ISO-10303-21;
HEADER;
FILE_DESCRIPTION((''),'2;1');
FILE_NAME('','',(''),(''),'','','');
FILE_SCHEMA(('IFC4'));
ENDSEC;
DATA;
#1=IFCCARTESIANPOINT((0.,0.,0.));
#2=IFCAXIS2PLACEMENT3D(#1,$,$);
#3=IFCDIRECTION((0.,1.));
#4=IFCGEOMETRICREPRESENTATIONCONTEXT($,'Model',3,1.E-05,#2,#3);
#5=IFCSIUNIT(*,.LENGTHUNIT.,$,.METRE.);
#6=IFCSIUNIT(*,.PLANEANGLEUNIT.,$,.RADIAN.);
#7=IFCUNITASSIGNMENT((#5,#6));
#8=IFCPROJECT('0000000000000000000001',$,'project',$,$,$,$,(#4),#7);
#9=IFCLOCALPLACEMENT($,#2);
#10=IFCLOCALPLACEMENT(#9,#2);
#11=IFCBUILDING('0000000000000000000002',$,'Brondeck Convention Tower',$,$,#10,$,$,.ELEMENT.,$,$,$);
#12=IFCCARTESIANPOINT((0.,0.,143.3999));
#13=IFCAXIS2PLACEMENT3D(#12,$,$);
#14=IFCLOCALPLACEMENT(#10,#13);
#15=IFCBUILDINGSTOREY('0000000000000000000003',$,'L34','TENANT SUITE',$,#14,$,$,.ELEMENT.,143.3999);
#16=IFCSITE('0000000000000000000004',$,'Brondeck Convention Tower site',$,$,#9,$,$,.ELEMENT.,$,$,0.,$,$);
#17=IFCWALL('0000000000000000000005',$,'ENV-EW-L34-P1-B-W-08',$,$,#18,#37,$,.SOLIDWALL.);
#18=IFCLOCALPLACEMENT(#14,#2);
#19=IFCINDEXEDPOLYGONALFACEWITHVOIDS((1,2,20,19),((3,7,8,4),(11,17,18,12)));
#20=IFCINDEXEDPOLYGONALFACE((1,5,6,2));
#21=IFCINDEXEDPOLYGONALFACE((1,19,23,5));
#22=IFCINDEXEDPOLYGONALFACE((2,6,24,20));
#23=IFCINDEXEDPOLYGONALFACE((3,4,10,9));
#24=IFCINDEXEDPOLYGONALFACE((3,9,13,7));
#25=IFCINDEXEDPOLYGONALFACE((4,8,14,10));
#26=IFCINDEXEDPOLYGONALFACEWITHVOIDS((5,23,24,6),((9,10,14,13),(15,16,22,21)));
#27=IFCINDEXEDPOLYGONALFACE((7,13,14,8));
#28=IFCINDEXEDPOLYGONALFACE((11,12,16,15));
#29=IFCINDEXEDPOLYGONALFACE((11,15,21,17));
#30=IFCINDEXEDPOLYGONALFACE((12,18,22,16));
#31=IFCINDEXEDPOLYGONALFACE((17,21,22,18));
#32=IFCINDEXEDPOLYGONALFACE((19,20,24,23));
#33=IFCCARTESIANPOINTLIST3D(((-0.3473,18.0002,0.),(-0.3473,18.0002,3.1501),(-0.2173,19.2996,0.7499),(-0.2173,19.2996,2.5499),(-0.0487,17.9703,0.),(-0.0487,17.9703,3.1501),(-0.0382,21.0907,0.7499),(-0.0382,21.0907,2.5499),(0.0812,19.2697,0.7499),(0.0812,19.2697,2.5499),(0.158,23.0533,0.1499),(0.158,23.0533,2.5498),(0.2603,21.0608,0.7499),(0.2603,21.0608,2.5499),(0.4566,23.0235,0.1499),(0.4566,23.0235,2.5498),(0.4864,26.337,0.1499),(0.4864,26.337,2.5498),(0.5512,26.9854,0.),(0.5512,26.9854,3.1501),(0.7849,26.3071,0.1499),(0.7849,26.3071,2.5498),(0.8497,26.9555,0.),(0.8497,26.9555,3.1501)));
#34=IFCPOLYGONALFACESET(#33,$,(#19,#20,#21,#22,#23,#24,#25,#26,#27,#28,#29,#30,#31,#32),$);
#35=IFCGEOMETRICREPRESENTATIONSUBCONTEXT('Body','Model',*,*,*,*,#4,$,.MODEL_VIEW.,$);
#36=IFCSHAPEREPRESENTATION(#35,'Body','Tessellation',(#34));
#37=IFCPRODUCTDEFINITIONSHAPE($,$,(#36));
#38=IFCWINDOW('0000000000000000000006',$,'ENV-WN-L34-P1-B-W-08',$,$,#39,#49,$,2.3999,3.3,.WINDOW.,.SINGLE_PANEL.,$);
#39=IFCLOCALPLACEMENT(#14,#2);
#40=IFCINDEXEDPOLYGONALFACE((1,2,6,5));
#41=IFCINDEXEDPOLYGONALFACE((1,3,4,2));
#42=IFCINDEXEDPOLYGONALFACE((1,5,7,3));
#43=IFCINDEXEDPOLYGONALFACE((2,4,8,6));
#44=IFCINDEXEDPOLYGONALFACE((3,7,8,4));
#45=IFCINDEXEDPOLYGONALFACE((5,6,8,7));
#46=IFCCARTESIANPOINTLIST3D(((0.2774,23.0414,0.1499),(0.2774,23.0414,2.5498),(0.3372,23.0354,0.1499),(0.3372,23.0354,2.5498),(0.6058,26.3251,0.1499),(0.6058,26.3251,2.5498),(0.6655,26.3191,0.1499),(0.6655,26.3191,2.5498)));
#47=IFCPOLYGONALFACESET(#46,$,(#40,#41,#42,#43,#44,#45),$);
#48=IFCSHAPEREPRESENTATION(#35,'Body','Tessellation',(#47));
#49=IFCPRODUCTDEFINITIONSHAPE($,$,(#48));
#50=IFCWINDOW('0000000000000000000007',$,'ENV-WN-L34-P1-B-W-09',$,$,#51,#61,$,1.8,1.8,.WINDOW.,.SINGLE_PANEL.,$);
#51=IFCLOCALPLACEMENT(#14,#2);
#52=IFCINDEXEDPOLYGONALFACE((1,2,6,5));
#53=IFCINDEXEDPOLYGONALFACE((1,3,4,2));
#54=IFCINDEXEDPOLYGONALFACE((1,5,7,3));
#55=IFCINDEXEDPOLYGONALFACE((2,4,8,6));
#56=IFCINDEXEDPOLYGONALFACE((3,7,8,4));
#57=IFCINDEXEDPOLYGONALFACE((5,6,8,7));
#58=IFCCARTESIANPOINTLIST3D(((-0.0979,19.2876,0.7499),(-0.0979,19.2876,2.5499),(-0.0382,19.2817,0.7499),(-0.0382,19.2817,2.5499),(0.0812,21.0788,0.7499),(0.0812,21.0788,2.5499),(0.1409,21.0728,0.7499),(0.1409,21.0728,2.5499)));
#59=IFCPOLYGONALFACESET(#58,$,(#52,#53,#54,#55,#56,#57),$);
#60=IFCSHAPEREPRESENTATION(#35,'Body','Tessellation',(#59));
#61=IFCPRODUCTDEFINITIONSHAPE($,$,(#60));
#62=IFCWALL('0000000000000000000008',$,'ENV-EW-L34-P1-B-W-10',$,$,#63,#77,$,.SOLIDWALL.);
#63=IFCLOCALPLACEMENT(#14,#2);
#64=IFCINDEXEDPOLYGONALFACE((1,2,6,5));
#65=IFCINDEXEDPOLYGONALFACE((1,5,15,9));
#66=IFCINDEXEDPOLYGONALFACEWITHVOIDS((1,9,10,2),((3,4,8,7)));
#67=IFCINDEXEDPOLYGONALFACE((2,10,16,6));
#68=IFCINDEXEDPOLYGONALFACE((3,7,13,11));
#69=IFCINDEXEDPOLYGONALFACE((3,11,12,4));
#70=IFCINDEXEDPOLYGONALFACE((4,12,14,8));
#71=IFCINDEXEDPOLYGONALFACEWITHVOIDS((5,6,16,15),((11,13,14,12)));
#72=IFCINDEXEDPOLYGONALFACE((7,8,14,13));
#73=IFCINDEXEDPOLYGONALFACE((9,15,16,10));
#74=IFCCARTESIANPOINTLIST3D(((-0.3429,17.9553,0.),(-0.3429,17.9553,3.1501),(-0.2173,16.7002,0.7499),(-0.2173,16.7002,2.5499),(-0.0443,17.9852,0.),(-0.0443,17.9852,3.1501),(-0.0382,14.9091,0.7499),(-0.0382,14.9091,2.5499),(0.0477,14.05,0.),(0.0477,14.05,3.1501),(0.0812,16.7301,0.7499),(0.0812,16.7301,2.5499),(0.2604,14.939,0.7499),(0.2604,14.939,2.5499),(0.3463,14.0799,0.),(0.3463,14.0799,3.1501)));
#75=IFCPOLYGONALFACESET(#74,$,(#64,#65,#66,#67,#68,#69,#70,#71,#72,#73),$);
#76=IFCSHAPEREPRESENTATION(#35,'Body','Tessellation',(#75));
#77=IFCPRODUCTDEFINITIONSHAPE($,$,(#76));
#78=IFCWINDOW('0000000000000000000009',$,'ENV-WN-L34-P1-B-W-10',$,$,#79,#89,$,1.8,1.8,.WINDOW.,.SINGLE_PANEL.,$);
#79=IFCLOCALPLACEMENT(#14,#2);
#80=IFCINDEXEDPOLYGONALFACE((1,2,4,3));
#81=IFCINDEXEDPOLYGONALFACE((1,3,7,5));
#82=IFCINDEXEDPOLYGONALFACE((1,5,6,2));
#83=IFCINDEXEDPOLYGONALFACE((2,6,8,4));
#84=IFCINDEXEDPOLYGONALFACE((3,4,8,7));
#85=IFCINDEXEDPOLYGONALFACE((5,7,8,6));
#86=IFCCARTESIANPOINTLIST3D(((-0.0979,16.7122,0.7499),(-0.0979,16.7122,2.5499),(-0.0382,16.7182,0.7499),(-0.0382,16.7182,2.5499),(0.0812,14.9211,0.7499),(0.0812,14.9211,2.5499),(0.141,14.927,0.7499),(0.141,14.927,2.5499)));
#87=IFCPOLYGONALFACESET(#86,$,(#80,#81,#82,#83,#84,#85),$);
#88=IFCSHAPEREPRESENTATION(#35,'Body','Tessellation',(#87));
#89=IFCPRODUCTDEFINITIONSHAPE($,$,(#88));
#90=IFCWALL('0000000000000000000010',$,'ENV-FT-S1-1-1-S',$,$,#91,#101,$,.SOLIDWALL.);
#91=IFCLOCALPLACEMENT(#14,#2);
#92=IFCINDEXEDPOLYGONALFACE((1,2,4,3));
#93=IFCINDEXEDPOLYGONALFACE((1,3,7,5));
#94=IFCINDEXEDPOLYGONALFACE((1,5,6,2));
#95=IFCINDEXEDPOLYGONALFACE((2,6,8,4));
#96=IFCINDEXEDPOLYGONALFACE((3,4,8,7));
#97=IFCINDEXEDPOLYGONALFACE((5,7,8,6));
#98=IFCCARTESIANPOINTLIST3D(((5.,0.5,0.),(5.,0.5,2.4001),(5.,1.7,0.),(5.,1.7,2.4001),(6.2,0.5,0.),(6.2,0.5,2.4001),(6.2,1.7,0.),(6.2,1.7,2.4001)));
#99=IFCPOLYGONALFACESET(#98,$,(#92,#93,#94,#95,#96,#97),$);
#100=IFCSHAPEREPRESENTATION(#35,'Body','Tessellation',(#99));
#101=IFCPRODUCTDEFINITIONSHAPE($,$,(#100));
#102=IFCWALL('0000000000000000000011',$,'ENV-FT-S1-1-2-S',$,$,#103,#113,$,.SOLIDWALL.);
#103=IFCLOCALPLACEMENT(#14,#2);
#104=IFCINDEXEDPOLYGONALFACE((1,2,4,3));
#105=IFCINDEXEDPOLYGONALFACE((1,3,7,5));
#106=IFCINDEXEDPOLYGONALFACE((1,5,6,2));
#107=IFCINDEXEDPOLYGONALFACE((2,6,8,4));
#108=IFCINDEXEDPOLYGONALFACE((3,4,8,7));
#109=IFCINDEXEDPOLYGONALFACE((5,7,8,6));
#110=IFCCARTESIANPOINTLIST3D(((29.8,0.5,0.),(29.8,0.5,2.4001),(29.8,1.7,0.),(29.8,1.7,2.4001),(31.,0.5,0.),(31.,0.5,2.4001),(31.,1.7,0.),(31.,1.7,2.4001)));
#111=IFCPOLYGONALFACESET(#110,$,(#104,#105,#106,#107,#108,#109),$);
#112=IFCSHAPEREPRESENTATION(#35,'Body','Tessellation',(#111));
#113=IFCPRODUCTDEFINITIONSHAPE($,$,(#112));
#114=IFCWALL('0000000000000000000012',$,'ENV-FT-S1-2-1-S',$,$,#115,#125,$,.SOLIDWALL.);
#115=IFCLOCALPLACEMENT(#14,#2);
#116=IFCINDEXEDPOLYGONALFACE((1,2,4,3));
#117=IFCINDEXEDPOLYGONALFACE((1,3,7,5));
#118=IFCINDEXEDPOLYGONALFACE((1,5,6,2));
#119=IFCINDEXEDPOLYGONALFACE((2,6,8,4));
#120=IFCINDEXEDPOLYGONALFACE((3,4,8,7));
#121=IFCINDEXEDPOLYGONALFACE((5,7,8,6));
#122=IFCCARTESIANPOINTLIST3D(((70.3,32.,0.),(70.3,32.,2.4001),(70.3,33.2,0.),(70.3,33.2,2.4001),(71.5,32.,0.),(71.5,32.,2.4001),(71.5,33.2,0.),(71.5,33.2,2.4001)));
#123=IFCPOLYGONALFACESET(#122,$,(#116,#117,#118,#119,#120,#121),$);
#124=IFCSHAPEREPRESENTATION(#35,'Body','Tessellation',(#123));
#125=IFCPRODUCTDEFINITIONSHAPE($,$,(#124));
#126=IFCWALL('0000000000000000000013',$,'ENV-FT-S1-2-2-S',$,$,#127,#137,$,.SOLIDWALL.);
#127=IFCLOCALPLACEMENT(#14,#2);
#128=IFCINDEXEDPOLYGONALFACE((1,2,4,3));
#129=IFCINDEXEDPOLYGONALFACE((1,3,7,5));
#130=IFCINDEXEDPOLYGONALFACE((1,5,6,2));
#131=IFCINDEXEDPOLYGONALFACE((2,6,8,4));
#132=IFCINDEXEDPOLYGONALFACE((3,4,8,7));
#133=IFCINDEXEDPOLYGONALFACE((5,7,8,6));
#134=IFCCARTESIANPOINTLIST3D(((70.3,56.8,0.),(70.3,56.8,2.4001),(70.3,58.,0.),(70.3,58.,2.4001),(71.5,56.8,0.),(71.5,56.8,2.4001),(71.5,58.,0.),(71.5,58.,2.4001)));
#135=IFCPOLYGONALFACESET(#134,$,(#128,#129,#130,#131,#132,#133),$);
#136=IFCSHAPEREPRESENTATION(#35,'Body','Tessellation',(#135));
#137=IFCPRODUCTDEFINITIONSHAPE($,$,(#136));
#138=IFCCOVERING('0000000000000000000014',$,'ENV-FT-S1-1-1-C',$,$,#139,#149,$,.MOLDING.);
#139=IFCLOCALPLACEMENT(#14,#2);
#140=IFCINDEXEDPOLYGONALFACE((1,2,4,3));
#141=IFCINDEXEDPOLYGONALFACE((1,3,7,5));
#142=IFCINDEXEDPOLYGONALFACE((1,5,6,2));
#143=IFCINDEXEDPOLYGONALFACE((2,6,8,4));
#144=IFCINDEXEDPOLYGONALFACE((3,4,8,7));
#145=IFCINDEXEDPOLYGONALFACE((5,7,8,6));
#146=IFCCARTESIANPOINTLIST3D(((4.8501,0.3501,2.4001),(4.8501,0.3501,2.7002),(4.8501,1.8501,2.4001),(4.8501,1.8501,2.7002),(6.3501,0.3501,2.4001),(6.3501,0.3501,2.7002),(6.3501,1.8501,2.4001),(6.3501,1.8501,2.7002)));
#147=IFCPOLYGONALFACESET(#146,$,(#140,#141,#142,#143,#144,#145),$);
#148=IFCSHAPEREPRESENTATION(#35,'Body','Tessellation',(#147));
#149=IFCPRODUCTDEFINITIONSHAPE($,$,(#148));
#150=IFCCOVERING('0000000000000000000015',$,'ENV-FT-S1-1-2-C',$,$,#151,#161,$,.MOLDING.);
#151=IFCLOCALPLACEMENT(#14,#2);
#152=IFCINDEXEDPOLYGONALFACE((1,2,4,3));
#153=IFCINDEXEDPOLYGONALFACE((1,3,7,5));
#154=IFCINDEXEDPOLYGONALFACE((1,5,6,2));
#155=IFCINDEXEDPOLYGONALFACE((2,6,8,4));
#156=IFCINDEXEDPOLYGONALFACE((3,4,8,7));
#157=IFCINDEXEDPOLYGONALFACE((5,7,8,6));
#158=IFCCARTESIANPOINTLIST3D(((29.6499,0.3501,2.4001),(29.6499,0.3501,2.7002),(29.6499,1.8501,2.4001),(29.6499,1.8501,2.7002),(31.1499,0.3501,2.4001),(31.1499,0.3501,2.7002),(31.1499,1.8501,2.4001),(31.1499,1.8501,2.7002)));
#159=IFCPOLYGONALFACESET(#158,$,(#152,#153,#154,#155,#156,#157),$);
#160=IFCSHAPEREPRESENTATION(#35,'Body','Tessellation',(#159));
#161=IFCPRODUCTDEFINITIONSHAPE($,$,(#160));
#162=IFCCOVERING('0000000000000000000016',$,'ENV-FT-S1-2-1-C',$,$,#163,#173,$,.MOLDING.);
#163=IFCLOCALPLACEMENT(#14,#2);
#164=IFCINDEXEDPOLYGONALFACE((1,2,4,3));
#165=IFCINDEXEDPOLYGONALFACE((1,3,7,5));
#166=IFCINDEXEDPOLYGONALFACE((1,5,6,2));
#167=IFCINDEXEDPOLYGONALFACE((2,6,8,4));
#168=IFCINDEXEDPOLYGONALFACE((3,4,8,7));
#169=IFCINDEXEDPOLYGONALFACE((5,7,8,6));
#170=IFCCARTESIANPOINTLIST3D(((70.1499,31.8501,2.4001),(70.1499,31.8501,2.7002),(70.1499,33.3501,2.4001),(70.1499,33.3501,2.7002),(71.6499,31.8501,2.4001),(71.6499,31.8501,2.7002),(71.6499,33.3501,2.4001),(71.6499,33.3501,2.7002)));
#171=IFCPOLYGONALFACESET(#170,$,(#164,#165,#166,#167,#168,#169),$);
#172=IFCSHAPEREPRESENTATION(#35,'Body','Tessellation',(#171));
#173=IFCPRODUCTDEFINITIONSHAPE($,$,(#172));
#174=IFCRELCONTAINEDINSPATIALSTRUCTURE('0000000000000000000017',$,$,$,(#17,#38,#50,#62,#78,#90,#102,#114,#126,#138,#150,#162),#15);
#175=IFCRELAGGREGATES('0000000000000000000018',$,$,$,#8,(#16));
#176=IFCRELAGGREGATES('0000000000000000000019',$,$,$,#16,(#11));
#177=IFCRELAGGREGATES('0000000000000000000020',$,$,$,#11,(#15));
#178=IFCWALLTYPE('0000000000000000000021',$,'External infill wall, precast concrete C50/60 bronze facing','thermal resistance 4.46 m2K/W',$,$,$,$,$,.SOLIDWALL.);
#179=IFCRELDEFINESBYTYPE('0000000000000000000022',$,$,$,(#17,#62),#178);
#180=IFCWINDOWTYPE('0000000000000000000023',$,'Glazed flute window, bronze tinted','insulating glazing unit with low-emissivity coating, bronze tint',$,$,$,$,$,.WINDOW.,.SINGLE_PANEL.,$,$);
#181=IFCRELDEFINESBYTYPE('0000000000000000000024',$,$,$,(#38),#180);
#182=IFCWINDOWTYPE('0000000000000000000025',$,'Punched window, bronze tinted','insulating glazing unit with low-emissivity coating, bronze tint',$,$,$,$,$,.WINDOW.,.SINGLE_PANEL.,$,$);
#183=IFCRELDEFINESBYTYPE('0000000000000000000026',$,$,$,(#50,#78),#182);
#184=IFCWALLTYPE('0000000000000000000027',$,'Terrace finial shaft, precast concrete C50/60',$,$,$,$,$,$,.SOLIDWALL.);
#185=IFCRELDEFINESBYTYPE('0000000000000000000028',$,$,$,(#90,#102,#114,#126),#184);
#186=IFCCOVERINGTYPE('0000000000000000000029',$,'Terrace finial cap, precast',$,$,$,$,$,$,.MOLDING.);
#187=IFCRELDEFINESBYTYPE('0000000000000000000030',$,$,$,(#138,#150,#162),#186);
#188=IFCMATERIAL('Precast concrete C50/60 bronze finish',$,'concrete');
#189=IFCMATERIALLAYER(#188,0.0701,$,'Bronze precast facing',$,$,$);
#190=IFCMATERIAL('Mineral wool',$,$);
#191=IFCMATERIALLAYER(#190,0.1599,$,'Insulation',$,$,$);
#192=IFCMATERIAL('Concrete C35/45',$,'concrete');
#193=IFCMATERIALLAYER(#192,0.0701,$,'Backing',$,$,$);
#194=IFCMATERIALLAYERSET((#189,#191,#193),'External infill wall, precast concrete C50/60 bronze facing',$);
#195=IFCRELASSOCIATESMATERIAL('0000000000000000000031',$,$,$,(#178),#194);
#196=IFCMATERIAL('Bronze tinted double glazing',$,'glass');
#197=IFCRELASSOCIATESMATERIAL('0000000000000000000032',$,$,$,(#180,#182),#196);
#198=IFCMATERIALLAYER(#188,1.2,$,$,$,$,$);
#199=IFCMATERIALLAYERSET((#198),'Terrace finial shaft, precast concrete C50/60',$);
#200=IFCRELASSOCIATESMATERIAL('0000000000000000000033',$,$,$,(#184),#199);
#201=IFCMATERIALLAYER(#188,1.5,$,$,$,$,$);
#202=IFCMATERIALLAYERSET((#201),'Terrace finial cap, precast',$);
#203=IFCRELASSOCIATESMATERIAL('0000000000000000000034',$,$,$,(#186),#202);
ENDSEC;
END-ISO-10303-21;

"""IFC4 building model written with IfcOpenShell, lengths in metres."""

from ifc_helpers import new_model, si_unit, direction, frame, frame_2d, origin, place, context, subcontext, project, spatial, polyline, rectangle, outline, extrude, material, layer, layer_set, type_object, element, fill, save


model = new_model("IFC4")

# Units and contexts
model_context = context("Model", 3, precision=1e-05, world=origin(), true_north=direction((0.0, 1.0)))
body_context = subcontext(model_context, "Body", "Model", "MODEL_VIEW")
ifc_project = project(units=[si_unit("LENGTHUNIT", "METRE"), si_unit("PLANEANGLEUNIT", "RADIAN")], contexts=[model_context])

# Site, building, storey
site_placement = place(None, origin())
site = spatial("IfcSite", under=ifc_project, at=site_placement, Name="Brondeck Convention Tower site", CompositionType="ELEMENT", RefElevation=0.0)
building_placement = place(site_placement, origin())
building = spatial("IfcBuilding", under=site, at=building_placement, Name="Brondeck Convention Tower", CompositionType="ELEMENT")
storey_placement = place(building_placement, frame((0.0, 0.0, 143.3999)))
storey = spatial("IfcBuildingStorey", under=building, at=storey_placement, Name="L34", Description="TENANT SUITE", CompositionType="ELEMENT", Elevation=143.3999)

# Wall, openings, windows
ifc_material_1 = material(Name="Precast concrete C50/60 bronze finish", Category="concrete")
ifc_layer_1 = layer(ifc_material_1, 0.0701, Name="Bronze precast facing")
ifc_material_2 = material(Name="Mineral wool")
ifc_layer_2 = layer(ifc_material_2, 0.1599, Name="Insulation")
ifc_material_3 = material(Name="Concrete C35/45", Category="concrete")
ifc_layer_3 = layer(ifc_material_3, 0.0701, Name="Backing")
ifc_layer_set_1 = layer_set([ifc_layer_1, ifc_layer_2, ifc_layer_3], Name="External infill wall, precast concrete C50/60 bronze facing")
wall_type_1 = type_object("IfcWallType", Name="External infill wall, precast concrete C50/60 bronze facing", Description="thermal resistance 4.46 m2K/W", PredefinedType="SOLIDWALL", material=ifc_layer_set_1)
wall_1_placement = place(storey_placement, frame((-0.198, 17.9851, 0.0), z_axis=(0.0, 0.0, 1.0), x_axis=(0.099496, 0.995038, 0.0)))
wall_1 = element("IfcWall", 1, at=wall_1_placement, inside=storey, type_object=wall_type_1, Name="ENV-EW-L34-P1-B-W-08", PredefinedType="SOLIDWALL", context=body_context, shape_type="SweptSolid", body=[
    extrude(rectangle(XDim=9.03, YDim=0.3, at=frame_2d((4.5151, 0.0))), origin(), (0.0, 0.0, 1.0), 3.1501),
])
opening_1_placement = place(wall_1_placement, frame((1.3062, 0.0, 0.75)))
opening_1 = element("IfcOpeningElement", 2, at=opening_1_placement, cuts=wall_1, PredefinedType="OPENING", context=body_context, shape_type="SweptSolid", body=[
    extrude(rectangle(XDim=1.8, YDim=1.8, at=frame_2d((0.8999, 0.8999))), frame((0.0, 0.1599, 0.0), z_axis=(0.0, -1.0, 0.0), x_axis=(1.0, 0.0, 0.0)), (0.0, 0.0, 1.0), 0.3201),
])
opening_2_placement = place(wall_1_placement, frame((5.0786, 0.0, 0.1499)))
opening_2 = element("IfcOpeningElement", 3, at=opening_2_placement, cuts=wall_1, PredefinedType="OPENING", context=body_context, shape_type="SweptSolid", body=[
    extrude(rectangle(XDim=3.3, YDim=2.3999, at=frame_2d((1.6499, 1.2))), frame((0.0, 0.1599, 0.0), z_axis=(0.0, -1.0, 0.0), x_axis=(1.0, 0.0, 0.0)), (0.0, 0.0, 1.0), 0.3201),
])
ifc_material_4 = material(Name="Bronze tinted double glazing", Category="glass")
window_type_1 = type_object("IfcWindowType", Name="Glazed flute window, bronze tinted", Description="insulating glazing unit with low-emissivity coating, bronze tint", PartitioningType="SINGLE_PANEL", PredefinedType="WINDOW", material=ifc_material_4)
window_1_placement = place(opening_2_placement, origin())
window_1 = element("IfcWindow", 4, at=window_1_placement, inside=storey, type_object=window_type_1, Name="ENV-WN-L34-P1-B-W-08", OverallHeight=2.3999, OverallWidth=3.3, PartitioningType="SINGLE_PANEL", PredefinedType="WINDOW", context=body_context, shape_type="SweptSolid", body=[
    extrude(rectangle(XDim=3.3, YDim=2.3999, at=frame_2d((1.6499, 1.2))), frame((0.0, 0.03, 0.0), z_axis=(0.0, -1.0, 0.0), x_axis=(1.0, 0.0, 0.0)), (0.0, 0.0, 1.0), 0.0601),
])
fill(opening_2, window_1)
window_type_2 = type_object("IfcWindowType", Name="Punched window, bronze tinted", Description="insulating glazing unit with low-emissivity coating, bronze tint", PartitioningType="SINGLE_PANEL", PredefinedType="WINDOW", material=ifc_material_4)
window_2_placement = place(opening_1_placement, origin())
window_2 = element("IfcWindow", 5, at=window_2_placement, inside=storey, type_object=window_type_2, Name="ENV-WN-L34-P1-B-W-09", OverallHeight=1.8, OverallWidth=1.8, PartitioningType="SINGLE_PANEL", PredefinedType="WINDOW", context=body_context, shape_type="SweptSolid", body=[
    extrude(rectangle(XDim=1.8, YDim=1.8, at=frame_2d((0.8999, 0.8999))), frame((0.0, 0.03, 0.0), z_axis=(0.0, -1.0, 0.0), x_axis=(1.0, 0.0, 0.0)), (0.0, 0.0, 1.0), 0.0601),
])
fill(opening_1, window_2)

# Wall, opening, window
wall_2_placement = place(storey_placement, frame((0.197, 14.0649, 0.0), z_axis=(0.0, 0.0, 1.0), x_axis=(-0.099528, 0.995035, 0.0)))
wall_2 = element("IfcWall", 6, at=wall_2_placement, inside=storey, type_object=wall_type_1, Name="ENV-EW-L34-P1-B-W-10", PredefinedType="SOLIDWALL", context=body_context, shape_type="SweptSolid", body=[
    extrude(rectangle(XDim=3.9248, YDim=0.3, at=frame_2d((1.9624, 0.0))), origin(), (0.0, 0.0, 1.0), 3.1501),
])
opening_3_placement = place(wall_2_placement, frame((0.8635, 0.0, 0.75)))
opening_3 = element("IfcOpeningElement", 7, at=opening_3_placement, cuts=wall_2, PredefinedType="OPENING", context=body_context, shape_type="SweptSolid", body=[
    extrude(rectangle(XDim=1.8, YDim=1.8, at=frame_2d((0.8999, 0.8999))), frame((0.0, 0.1599, 0.0), z_axis=(0.0, -1.0, 0.0), x_axis=(1.0, 0.0, 0.0)), (0.0, 0.0, 1.0), 0.3201),
])
window_3_placement = place(opening_3_placement, origin())
window_3 = element("IfcWindow", 8, at=window_3_placement, inside=storey, type_object=window_type_2, Name="ENV-WN-L34-P1-B-W-10", OverallHeight=1.8, OverallWidth=1.8, PartitioningType="SINGLE_PANEL", PredefinedType="WINDOW", context=body_context, shape_type="SweptSolid", body=[
    extrude(rectangle(XDim=1.8, YDim=1.8, at=frame_2d((0.8999, 0.8999))), frame((0.0, 0.03, 0.0), z_axis=(0.0, -1.0, 0.0), x_axis=(1.0, 0.0, 0.0)), (0.0, 0.0, 1.0), 0.0601),
])
fill(opening_3, window_3)

# Walls
ifc_layer_4 = layer(ifc_material_1, 1.2)
ifc_layer_set_2 = layer_set([ifc_layer_4], Name="Terrace finial shaft, precast concrete C50/60")
wall_type_2 = type_object("IfcWallType", Name="Terrace finial shaft, precast concrete C50/60", PredefinedType="SOLIDWALL", material=ifc_layer_set_2)
wall_3_placement = place(storey_placement, origin())
element("IfcWall", 9, at=wall_3_placement, inside=storey, type_object=wall_type_2, Name="ENV-FT-S1-1-1-S", PredefinedType="SOLIDWALL", context=body_context, shape_type="SweptSolid", body=[
    extrude(outline(polyline([(6.2, 0.5), (6.2, 1.7), (5.0, 1.7), (5.0, 0.5), (6.2, 0.5)])), origin(), (0.0, 0.0, 1.0), 2.4001),
])
wall_4_placement = place(storey_placement, origin())
element("IfcWall", 10, at=wall_4_placement, inside=storey, type_object=wall_type_2, Name="ENV-FT-S1-1-2-S", PredefinedType="SOLIDWALL", context=body_context, shape_type="SweptSolid", body=[
    extrude(outline(polyline([(31.0, 0.5), (31.0, 1.7), (29.8, 1.7), (29.8, 0.5), (31.0, 0.5)])), origin(), (0.0, 0.0, 1.0), 2.4001),
])
wall_5_placement = place(storey_placement, origin())
element("IfcWall", 11, at=wall_5_placement, inside=storey, type_object=wall_type_2, Name="ENV-FT-S1-2-1-S", PredefinedType="SOLIDWALL", context=body_context, shape_type="SweptSolid", body=[
    extrude(outline(polyline([(71.5, 32.0), (71.5, 33.2), (70.3, 33.2), (70.3, 32.0), (71.5, 32.0)])), origin(), (0.0, 0.0, 1.0), 2.4001),
])
wall_6_placement = place(storey_placement, origin())
element("IfcWall", 12, at=wall_6_placement, inside=storey, type_object=wall_type_2, Name="ENV-FT-S1-2-2-S", PredefinedType="SOLIDWALL", context=body_context, shape_type="SweptSolid", body=[
    extrude(outline(polyline([(71.5, 56.8), (71.5, 58.0), (70.3, 58.0), (70.3, 56.8), (71.5, 56.8)])), origin(), (0.0, 0.0, 1.0), 2.4001),
])

# Coverings
ifc_layer_5 = layer(ifc_material_1, 1.5)
ifc_layer_set_3 = layer_set([ifc_layer_5], Name="Terrace finial cap, precast")
covering_type = type_object("IfcCoveringType", Name="Terrace finial cap, precast", PredefinedType="MOLDING", material=ifc_layer_set_3)
covering_1_placement = place(storey_placement, frame((0.0, 0.0, 2.4001)))
element("IfcCovering", 13, at=covering_1_placement, inside=storey, type_object=covering_type, Name="ENV-FT-S1-1-1-C", PredefinedType="MOLDING", context=body_context, shape_type="SweptSolid", body=[
    extrude(outline(polyline([(6.3501, 0.3501), (6.3501, 1.8501), (4.8501, 1.8501), (4.8501, 0.3501), (6.3501, 0.3501)])), origin(), (0.0, 0.0, 1.0), 0.3),
])
covering_2_placement = place(storey_placement, frame((0.0, 0.0, 2.4001)))
element("IfcCovering", 14, at=covering_2_placement, inside=storey, type_object=covering_type, Name="ENV-FT-S1-1-2-C", PredefinedType="MOLDING", context=body_context, shape_type="SweptSolid", body=[
    extrude(outline(polyline([(31.1499, 0.3501), (31.1499, 1.8501), (29.6499, 1.8501), (29.6499, 0.3501), (31.1499, 0.3501)])), origin(), (0.0, 0.0, 1.0), 0.3),
])
covering_3_placement = place(storey_placement, frame((0.0, 0.0, 2.4001)))
element("IfcCovering", 15, at=covering_3_placement, inside=storey, type_object=covering_type, Name="ENV-FT-S1-2-1-C", PredefinedType="MOLDING", context=body_context, shape_type="SweptSolid", body=[
    extrude(outline(polyline([(71.6499, 31.8501), (71.6499, 33.3501), (70.1499, 33.3501), (70.1499, 31.8501), (71.6499, 31.8501)])), origin(), (0.0, 0.0, 1.0), 0.3),
])

save(model, "model.ifc")
